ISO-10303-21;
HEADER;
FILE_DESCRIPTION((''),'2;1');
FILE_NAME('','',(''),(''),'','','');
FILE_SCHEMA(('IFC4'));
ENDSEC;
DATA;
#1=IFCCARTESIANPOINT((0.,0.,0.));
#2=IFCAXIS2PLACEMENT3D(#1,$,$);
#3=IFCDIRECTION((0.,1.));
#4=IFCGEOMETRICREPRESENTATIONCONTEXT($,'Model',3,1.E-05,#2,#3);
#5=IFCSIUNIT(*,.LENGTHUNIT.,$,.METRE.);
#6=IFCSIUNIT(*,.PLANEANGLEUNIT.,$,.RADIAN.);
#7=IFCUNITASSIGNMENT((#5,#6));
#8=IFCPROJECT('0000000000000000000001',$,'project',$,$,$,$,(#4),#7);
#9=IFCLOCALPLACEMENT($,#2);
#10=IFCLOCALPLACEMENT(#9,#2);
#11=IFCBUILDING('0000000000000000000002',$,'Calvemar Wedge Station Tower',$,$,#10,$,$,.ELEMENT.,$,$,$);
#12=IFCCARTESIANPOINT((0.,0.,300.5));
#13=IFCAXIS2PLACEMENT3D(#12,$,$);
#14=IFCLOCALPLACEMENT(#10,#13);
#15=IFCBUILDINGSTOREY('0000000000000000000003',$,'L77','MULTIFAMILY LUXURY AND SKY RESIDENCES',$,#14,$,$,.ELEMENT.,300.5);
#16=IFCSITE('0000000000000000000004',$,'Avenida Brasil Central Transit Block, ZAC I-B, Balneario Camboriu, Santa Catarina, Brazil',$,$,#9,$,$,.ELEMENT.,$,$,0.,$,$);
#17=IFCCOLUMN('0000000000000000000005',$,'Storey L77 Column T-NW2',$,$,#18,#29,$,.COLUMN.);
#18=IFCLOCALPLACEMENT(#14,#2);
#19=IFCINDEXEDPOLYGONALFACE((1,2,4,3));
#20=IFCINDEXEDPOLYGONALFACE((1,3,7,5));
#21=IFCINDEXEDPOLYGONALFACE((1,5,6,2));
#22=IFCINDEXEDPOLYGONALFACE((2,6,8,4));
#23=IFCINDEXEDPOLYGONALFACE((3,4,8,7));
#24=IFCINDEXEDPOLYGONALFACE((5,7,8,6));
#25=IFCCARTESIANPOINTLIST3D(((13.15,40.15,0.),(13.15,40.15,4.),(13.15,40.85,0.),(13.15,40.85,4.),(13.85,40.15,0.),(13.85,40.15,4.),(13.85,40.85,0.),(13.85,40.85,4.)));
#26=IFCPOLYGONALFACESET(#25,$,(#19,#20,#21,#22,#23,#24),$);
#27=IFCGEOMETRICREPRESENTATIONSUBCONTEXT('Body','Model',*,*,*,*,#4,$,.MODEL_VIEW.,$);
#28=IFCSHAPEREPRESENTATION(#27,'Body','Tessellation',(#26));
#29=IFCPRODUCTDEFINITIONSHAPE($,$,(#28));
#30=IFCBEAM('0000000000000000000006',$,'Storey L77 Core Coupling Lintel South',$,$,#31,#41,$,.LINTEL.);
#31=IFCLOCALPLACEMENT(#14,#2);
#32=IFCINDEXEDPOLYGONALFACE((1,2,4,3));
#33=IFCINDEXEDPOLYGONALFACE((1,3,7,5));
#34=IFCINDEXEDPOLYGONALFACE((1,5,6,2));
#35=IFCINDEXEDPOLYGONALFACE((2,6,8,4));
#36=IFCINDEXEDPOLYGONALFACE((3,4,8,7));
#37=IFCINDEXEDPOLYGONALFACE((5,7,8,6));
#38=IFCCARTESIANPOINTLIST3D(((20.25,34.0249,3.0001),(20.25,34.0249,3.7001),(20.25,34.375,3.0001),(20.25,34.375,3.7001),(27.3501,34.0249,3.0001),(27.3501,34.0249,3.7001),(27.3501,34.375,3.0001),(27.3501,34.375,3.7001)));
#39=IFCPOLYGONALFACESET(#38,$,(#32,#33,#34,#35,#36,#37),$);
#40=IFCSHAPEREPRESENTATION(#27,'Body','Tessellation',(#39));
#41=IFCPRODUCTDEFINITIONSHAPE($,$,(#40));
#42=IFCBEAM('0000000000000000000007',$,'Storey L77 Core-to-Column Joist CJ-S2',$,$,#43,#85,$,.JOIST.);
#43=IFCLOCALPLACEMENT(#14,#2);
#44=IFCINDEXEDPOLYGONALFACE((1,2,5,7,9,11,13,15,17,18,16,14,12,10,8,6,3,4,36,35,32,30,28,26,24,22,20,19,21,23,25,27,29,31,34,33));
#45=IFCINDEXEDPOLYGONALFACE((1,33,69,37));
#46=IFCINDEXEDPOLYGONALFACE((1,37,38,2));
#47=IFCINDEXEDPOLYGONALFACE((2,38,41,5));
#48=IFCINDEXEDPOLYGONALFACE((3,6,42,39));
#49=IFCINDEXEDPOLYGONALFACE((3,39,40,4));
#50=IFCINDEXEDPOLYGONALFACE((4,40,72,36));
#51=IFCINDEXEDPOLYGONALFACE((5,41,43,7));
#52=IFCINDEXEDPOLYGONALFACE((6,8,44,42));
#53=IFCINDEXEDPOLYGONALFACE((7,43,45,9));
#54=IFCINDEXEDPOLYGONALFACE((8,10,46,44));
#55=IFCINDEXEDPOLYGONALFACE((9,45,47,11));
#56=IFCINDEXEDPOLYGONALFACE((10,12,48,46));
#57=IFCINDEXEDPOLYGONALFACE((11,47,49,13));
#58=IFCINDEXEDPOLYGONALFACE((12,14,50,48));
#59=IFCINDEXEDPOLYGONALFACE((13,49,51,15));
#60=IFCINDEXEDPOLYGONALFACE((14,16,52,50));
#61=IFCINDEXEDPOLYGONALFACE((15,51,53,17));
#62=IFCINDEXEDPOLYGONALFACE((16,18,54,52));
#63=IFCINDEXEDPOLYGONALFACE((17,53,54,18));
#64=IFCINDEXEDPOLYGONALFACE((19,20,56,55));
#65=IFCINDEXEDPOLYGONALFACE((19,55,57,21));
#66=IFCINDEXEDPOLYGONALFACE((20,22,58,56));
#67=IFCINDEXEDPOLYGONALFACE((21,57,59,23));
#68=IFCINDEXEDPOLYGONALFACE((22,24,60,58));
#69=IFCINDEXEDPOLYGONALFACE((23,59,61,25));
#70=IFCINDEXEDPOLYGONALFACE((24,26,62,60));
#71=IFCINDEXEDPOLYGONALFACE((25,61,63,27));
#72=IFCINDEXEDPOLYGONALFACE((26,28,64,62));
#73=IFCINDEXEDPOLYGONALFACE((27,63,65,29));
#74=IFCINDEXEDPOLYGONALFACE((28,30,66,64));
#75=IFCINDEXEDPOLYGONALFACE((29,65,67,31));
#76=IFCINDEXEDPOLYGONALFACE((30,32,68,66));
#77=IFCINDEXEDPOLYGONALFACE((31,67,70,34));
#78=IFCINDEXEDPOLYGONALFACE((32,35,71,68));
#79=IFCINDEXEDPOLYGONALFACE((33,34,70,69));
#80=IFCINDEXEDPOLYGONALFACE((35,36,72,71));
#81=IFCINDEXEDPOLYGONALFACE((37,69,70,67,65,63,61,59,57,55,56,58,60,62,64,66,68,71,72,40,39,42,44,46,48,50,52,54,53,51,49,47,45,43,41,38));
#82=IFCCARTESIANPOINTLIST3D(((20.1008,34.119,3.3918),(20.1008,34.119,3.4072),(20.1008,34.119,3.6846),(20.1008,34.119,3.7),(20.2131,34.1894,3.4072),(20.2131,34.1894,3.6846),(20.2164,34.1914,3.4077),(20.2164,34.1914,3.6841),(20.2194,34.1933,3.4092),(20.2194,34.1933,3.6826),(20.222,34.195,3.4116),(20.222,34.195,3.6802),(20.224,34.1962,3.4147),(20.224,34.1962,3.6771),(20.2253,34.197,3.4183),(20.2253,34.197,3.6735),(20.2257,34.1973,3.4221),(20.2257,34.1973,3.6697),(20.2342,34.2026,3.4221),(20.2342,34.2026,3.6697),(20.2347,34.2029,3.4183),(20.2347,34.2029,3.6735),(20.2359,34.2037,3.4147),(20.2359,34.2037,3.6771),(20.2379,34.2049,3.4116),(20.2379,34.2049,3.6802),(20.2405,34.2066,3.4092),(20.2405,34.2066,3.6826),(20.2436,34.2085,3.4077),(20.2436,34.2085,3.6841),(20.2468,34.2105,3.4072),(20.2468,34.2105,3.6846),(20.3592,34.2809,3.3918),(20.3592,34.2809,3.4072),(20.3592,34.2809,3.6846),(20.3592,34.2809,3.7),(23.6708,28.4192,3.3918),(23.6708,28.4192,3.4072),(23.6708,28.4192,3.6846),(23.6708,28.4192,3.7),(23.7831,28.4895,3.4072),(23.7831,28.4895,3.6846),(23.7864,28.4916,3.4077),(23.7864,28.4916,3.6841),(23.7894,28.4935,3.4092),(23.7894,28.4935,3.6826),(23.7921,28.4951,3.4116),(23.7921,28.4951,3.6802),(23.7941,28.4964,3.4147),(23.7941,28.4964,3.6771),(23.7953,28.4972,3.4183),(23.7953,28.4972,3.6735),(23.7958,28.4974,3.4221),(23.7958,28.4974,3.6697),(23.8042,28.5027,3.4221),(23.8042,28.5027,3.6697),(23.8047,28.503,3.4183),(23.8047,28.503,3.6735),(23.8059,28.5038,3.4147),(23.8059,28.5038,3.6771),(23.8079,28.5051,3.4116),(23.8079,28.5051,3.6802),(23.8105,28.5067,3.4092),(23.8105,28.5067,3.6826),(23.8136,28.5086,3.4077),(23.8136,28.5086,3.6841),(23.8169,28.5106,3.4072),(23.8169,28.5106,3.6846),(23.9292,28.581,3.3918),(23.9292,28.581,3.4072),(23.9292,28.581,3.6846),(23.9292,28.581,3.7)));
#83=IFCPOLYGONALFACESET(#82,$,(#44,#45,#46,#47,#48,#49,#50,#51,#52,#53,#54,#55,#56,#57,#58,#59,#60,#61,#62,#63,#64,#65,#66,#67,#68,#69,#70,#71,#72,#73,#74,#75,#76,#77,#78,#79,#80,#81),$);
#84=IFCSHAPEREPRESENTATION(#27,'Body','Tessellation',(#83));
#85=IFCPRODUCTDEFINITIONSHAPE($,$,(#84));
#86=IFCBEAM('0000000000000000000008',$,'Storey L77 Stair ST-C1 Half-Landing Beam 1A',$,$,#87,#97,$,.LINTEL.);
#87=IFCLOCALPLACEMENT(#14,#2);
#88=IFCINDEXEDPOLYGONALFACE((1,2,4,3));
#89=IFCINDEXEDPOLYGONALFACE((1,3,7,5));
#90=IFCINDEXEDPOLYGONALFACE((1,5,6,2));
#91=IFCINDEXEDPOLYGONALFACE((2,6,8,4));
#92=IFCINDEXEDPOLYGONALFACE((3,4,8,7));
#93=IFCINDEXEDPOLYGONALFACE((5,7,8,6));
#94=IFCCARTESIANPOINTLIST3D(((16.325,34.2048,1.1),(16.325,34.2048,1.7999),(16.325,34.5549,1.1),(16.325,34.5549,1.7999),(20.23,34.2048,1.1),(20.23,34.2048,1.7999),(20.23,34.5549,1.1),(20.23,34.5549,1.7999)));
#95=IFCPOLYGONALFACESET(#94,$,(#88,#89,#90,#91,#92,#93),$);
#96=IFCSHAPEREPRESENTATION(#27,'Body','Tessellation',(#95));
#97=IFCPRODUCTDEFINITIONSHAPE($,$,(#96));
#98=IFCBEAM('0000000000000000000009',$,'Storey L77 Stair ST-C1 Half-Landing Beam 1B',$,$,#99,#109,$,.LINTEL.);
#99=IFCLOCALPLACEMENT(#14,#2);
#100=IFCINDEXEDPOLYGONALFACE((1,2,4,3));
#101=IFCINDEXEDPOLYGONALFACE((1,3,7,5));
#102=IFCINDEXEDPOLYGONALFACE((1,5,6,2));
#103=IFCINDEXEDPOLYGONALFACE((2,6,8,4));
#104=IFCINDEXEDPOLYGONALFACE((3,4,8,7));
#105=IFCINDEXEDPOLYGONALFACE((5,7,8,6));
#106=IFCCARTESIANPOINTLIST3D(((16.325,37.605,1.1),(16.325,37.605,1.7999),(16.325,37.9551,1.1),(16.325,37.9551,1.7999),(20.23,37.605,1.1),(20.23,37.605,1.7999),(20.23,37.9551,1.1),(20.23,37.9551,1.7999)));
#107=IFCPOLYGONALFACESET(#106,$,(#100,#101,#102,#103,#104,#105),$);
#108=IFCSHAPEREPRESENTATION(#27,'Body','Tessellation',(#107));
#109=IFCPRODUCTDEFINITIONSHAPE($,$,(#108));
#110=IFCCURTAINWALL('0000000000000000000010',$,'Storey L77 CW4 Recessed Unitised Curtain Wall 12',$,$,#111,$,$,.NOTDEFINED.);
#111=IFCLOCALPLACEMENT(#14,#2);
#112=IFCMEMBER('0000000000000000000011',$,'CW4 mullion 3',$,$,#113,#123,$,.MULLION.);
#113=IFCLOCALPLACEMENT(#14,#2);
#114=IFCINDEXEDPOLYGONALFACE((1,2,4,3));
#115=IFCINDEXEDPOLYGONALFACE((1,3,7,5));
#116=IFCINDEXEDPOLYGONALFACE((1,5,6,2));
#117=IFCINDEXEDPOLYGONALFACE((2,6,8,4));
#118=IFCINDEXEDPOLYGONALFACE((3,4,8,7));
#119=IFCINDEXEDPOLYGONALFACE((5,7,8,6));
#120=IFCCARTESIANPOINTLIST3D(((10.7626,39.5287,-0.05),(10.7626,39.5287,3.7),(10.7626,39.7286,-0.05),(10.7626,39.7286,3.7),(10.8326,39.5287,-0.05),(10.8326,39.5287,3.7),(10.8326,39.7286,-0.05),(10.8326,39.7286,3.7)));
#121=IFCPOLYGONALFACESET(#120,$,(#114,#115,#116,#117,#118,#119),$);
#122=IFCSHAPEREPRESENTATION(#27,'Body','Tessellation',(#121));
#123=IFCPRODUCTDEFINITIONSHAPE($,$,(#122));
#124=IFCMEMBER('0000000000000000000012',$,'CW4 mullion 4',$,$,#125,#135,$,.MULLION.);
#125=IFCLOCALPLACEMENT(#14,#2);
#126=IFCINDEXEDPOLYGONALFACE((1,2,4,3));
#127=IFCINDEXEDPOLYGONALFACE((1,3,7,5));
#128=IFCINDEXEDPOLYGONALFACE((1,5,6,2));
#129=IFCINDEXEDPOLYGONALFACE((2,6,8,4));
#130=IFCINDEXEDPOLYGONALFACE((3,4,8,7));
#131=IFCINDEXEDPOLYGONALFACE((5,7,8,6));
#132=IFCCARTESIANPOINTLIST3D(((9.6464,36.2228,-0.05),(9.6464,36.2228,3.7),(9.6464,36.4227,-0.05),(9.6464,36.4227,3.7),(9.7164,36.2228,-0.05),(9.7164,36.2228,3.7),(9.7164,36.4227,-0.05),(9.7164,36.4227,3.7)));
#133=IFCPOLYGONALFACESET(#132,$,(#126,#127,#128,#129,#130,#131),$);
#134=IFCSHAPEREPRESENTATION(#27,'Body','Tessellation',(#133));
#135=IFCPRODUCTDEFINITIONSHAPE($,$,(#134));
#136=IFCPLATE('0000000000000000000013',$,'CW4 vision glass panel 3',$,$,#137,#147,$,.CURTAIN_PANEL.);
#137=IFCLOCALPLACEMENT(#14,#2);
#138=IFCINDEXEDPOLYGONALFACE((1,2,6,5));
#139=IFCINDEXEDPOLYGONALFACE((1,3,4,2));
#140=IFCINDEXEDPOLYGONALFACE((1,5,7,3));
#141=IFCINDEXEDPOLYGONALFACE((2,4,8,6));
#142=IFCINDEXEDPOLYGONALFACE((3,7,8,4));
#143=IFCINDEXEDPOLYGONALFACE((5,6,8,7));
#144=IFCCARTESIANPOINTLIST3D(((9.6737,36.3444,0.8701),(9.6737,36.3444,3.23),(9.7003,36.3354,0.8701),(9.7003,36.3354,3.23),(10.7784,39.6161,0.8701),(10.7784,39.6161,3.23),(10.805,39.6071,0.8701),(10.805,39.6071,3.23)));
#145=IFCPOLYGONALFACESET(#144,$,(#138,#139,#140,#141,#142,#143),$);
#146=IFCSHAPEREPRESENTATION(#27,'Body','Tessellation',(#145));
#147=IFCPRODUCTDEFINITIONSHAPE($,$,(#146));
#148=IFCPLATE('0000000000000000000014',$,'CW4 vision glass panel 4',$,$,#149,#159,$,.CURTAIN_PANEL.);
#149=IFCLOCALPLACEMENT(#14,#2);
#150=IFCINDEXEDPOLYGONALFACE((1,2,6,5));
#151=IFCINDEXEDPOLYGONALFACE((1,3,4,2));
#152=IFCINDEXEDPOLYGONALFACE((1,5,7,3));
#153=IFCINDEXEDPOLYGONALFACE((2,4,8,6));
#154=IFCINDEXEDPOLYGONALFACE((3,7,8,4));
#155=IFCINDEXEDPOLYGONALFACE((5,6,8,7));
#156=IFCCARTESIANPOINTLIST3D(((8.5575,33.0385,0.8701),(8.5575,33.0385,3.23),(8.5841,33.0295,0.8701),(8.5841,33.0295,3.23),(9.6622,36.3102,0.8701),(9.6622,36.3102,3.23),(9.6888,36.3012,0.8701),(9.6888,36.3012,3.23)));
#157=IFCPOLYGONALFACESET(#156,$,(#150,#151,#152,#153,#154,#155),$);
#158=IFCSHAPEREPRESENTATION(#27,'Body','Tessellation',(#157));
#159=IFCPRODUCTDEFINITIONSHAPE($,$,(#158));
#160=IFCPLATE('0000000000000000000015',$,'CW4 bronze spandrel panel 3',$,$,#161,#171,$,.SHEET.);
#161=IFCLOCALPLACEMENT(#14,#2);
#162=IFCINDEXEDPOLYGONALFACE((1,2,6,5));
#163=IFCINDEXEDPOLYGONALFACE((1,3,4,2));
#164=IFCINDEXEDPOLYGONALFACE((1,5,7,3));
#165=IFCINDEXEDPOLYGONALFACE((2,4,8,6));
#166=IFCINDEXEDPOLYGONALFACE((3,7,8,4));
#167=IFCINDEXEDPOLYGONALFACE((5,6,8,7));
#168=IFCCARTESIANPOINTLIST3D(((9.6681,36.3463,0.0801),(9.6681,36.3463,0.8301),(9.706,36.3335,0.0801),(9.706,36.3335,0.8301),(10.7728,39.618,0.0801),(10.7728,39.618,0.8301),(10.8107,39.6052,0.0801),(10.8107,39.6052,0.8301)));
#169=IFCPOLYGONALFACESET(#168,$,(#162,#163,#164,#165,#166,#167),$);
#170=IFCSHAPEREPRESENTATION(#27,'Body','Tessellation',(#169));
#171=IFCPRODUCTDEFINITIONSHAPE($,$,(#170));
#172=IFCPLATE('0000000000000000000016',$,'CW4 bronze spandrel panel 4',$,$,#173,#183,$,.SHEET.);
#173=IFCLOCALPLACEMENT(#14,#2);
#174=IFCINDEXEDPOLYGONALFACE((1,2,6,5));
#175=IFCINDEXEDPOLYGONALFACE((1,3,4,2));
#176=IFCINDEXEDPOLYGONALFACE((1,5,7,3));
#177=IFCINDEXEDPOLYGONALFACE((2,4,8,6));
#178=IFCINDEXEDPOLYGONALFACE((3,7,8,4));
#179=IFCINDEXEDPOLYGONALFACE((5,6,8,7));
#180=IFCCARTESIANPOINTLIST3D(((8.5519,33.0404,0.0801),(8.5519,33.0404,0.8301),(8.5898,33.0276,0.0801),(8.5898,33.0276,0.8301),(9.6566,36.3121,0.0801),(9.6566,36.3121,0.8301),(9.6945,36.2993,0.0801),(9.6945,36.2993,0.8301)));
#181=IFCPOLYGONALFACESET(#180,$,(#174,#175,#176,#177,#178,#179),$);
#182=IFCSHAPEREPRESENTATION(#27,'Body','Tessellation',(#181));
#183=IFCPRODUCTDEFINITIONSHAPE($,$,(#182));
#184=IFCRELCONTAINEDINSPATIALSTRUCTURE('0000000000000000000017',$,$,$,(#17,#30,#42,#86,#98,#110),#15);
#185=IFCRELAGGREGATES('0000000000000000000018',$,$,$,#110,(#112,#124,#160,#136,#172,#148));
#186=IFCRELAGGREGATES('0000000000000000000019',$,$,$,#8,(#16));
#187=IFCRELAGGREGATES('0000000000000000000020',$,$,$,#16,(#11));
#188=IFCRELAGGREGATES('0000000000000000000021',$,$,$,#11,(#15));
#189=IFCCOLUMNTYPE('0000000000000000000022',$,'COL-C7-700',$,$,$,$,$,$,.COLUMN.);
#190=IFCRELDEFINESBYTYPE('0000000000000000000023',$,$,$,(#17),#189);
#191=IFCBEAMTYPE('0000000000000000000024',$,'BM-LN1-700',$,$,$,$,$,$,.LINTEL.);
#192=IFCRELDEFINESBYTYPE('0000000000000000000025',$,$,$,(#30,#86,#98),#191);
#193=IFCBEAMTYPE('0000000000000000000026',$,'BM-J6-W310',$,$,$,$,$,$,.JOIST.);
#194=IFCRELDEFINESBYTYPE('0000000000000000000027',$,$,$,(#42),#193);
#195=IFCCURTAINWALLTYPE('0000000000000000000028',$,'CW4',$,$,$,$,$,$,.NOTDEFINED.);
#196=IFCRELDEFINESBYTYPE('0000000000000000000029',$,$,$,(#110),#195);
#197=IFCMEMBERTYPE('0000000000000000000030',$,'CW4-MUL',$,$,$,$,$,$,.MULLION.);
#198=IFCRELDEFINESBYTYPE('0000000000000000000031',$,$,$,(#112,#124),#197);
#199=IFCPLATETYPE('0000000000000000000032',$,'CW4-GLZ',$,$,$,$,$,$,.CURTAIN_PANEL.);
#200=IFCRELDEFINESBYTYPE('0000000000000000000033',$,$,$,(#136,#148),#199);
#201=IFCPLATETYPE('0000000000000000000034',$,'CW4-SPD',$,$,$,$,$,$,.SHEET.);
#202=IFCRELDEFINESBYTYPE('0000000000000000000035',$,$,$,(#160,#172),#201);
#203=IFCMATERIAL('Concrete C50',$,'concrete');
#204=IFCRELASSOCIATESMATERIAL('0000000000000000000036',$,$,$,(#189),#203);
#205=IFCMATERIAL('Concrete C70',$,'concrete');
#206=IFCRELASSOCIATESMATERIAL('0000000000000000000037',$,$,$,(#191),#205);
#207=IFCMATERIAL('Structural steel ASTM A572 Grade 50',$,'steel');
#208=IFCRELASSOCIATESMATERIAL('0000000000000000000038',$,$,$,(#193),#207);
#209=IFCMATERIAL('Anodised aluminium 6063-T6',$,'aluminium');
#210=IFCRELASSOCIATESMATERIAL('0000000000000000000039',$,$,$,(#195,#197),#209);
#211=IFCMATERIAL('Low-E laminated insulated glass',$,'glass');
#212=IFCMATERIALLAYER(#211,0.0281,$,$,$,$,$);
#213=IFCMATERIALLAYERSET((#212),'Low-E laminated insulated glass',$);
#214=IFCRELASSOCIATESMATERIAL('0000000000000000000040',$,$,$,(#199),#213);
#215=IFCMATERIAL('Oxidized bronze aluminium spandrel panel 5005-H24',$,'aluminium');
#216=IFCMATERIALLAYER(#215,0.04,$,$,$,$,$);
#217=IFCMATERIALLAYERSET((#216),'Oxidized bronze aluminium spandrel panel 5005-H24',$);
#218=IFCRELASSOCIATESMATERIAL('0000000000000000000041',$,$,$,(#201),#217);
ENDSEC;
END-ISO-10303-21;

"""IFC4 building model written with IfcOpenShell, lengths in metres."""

from ifc_helpers import new_model, si_unit, direction, frame, frame_2d, origin, origin_2d, place, context, subcontext, project, spatial, rectangle, i_section, extrude, source, transform, mapped, material, layer, layer_set, material_profile, profile_set, type_object, element, aggregate, save


model = new_model("IFC4")

# Units and contexts
model_context = context("Model", 3, precision=1e-05, world=origin(), true_north=direction((0.0, 1.0)))
body_context = subcontext(model_context, "Body", "Model", "MODEL_VIEW")
ifc_project = project(units=[si_unit("LENGTHUNIT", "METRE"), si_unit("PLANEANGLEUNIT", "RADIAN")], contexts=[model_context])

# Site, building, storey
site_placement = place(None, origin())
site = spatial("IfcSite", under=ifc_project, at=site_placement, Name="Avenida Brasil Central Transit Block, ZAC I-B, Balneario Camboriu, Santa Catarina, Brazil", CompositionType="ELEMENT", RefElevation=0.0)
building_placement = place(site_placement, origin())
building = spatial("IfcBuilding", under=site, at=building_placement, Name="Calvemar Wedge Station Tower", CompositionType="ELEMENT")
storey_placement = place(building_placement, frame((0.0, 0.0, 300.5)))
storey = spatial("IfcBuildingStorey", under=building, at=storey_placement, Name="L77", Description="MULTIFAMILY LUXURY AND SKY RESIDENCES", CompositionType="ELEMENT", Elevation=300.5)

# Column
ifc_material_1 = material(Name="Concrete C50", Category="concrete")
ifc_material_profile_1 = material_profile(ifc_material_1, rectangle(XDim=0.7, YDim=0.7, at=origin_2d()), Name="RC700x700")
ifc_profile_set_1 = profile_set([ifc_material_profile_1], Name="Concrete C50")
column_type = type_object("IfcColumnType", Name="COL-C7-700", PredefinedType="COLUMN", material=ifc_profile_set_1)
shared_shape_1 = source(origin(), body_context, "Body", "SweptSolid", [
    extrude(rectangle(XDim=0.7, YDim=0.7, at=origin_2d()), origin(), (0.0, 0.0, 1.0), 4.0),
])
column_placement = place(storey_placement, frame((13.5, 40.5, 0.0), z_axis=(0.0, 0.0, 1.0), x_axis=(1.0, 0.0, 0.0)))
element("IfcColumn", 1, at=column_placement, inside=storey, type_object=column_type, Name="Storey L77 Column T-NW2", PredefinedType="COLUMN", context=body_context, shape_type="MappedRepresentation", body=[
    mapped(shared_shape_1, transform((0.0, 0.0, 0.0), scale=1.0)),
])

# Beams
ifc_material_2 = material(Name="Concrete C70", Category="concrete")
ifc_material_profile_2 = material_profile(ifc_material_2, rectangle(XDim=0.3501, YDim=0.7, at=origin_2d()), Name="RC350x700")
ifc_profile_set_2 = profile_set([ifc_material_profile_2], Name="Concrete C70")
beam_type_1 = type_object("IfcBeamType", Name="BM-LN1-700", PredefinedType="LINTEL", material=ifc_profile_set_2)
shared_shape_2 = source(origin(), body_context, "Body", "SweptSolid", [
    extrude(rectangle(XDim=0.3501, YDim=0.7, at=origin_2d()), origin(), (0.0, 0.0, 1.0), 7.1001),
])
beam_1_placement = place(storey_placement, frame((20.25, 34.2, 3.3501), z_axis=(1.0, 0.0, 0.0), x_axis=(0.0, 1.0, 0.0)))
element("IfcBeam", 2, at=beam_1_placement, inside=storey, type_object=beam_type_1, Name="Storey L77 Core Coupling Lintel South", PredefinedType="LINTEL", context=body_context, shape_type="MappedRepresentation", body=[
    mapped(shared_shape_2, transform((0.0, 0.0, 0.0), scale=1.0)),
])
ifc_material_3 = material(Name="Structural steel ASTM A572 Grade 50", Category="steel")
ifc_material_profile_3 = material_profile(ifc_material_3, i_section(OverallWidth=0.3049, OverallDepth=0.3081, WebThickness=0.01, FlangeThickness=0.0154, FilletRadius=0.0149, at=origin_2d()), Name="W310x97")
ifc_profile_set_3 = profile_set([ifc_material_profile_3], Name="Structural steel ASTM A572 Grade 50")
beam_type_2 = type_object("IfcBeamType", Name="BM-J6-W310", PredefinedType="JOIST", material=ifc_profile_set_3)
shared_shape_3 = source(origin(), body_context, "Body", "SweptSolid", [
    extrude(i_section(OverallWidth=0.3049, OverallDepth=0.3081, WebThickness=0.01, FlangeThickness=0.0154, FilletRadius=0.0149, at=origin_2d()), origin(), (0.0, 0.0, 1.0), 6.7256),
])
beam_2_placement = place(storey_placement, frame((20.23, 34.2, 3.5459), z_axis=(0.530811, -0.84749, 0.0), x_axis=(0.84749, 0.530811, 0.0)))
element("IfcBeam", 3, at=beam_2_placement, inside=storey, type_object=beam_type_2, Name="Storey L77 Core-to-Column Joist CJ-S2", PredefinedType="JOIST", context=body_context, shape_type="MappedRepresentation", body=[
    mapped(shared_shape_3, transform((0.0, 0.0, 0.0), scale=1.0)),
])
shared_shape_4 = source(origin(), body_context, "Body", "SweptSolid", [
    extrude(rectangle(XDim=0.3501, YDim=0.7, at=origin_2d()), origin(), (0.0, 0.0, 1.0), 3.905),
])
for number, where, z_axis, x_axis, name in (
    (4, (16.325, 34.3799, 1.45), (1.0, 0.0, 0.0), (0.0, 1.0, 0.0), "Storey L77 Stair ST-C1 Half-Landing Beam 1A"),
    (5, (16.325, 37.78, 1.45), (1.0, 0.0, 0.0), (0.0, 1.0, 0.0), "Storey L77 Stair ST-C1 Half-Landing Beam 1B"),
):
    element("IfcBeam", number, at=place(storey_placement, frame(where, z_axis=z_axis, x_axis=x_axis)), inside=storey, type_object=beam_type_1, Name=name, PredefinedType="LINTEL", context=body_context, shape_type="MappedRepresentation", body=[
        mapped(shared_shape_4, transform((0.0, 0.0, 0.0), scale=1.0)),
    ])

# Curtain wall, members, plates
ifc_material_4 = material(Name="Anodised aluminium 6063-T6", Category="aluminium")
curtain_wall_type = type_object("IfcCurtainWallType", Name="CW4", PredefinedType="NOTDEFINED", material=ifc_material_4)
curtain_wall_placement = place(storey_placement, origin())
curtain_wall = element("IfcCurtainWall", 6, at=curtain_wall_placement, inside=storey, type_object=curtain_wall_type, Name="Storey L77 CW4 Recessed Unitised Curtain Wall 12", PredefinedType="NOTDEFINED")
ifc_material_profile_4 = material_profile(ifc_material_4, rectangle(XDim=0.0701, YDim=0.2, at=origin_2d()), Name="AL-MUL-70x200")
ifc_profile_set_4 = profile_set([ifc_material_profile_4], Name="Anodised aluminium 6063-T6")
member_type = type_object("IfcMemberType", Name="CW4-MUL", PredefinedType="MULLION", material=ifc_profile_set_4)
shared_shape_5 = source(origin(), body_context, "Body", "SweptSolid", [
    extrude(rectangle(XDim=0.0701, YDim=0.2, at=origin_2d()), origin(), (0.0, 0.0, 1.0), 3.75),
])
member_1_placement = place(storey_placement, frame((10.7976, 39.6287, -0.05), z_axis=(0.0, 0.0, 1.0), x_axis=(1.0, 0.0, 0.0)))
member_1 = element("IfcMember", 7, at=member_1_placement, type_object=member_type, Name="CW4 mullion 3", PredefinedType="MULLION", context=body_context, shape_type="MappedRepresentation", body=[
    mapped(shared_shape_5, transform((0.0, 0.0, 0.0), scale=1.0)),
])
member_2_placement = place(storey_placement, frame((9.6814, 36.3228, -0.05), z_axis=(0.0, 0.0, 1.0), x_axis=(1.0, 0.0, 0.0)))
member_2 = element("IfcMember", 8, at=member_2_placement, type_object=member_type, Name="CW4 mullion 4", PredefinedType="MULLION", context=body_context, shape_type="MappedRepresentation", body=[
    mapped(shared_shape_5, transform((0.0, 0.0, 0.0), scale=1.0)),
])
ifc_material_5 = material(Name="Low-E laminated insulated glass", Category="glass")
ifc_layer_1 = layer(ifc_material_5, 0.0281)
ifc_layer_set_1 = layer_set([ifc_layer_1], Name="Low-E laminated insulated glass")
plate_type_1 = type_object("IfcPlateType", Name="CW4-GLZ", PredefinedType="CURTAIN_PANEL", material=ifc_layer_set_1)
plate_1_placement = place(storey_placement, frame((10.7917, 39.6116, 0.8701), z_axis=(0.0, 0.0, 1.0), x_axis=(-0.319916, -0.947446, 0.0)))
plate_1 = element("IfcPlate", 9, at=plate_1_placement, type_object=plate_type_1, Name="CW4 vision glass panel 3", PredefinedType="CURTAIN_PANEL", context=body_context, shape_type="SweptSolid", body=[
    extrude(rectangle(XDim=3.4531, YDim=0.0281, at=frame_2d((1.7266, 0.0))), origin(), (0.0, 0.0, 1.0), 2.3599),
])
plate_2_placement = place(storey_placement, frame((9.6755, 36.3057, 0.8701), z_axis=(0.0, 0.0, 1.0), x_axis=(-0.319916, -0.947446, 0.0)))
plate_2 = element("IfcPlate", 10, at=plate_2_placement, type_object=plate_type_1, Name="CW4 vision glass panel 4", PredefinedType="CURTAIN_PANEL", context=body_context, shape_type="SweptSolid", body=[
    extrude(rectangle(XDim=3.4531, YDim=0.0281, at=frame_2d((1.7266, 0.0))), origin(), (0.0, 0.0, 1.0), 2.3599),
])
ifc_material_6 = material(Name="Oxidized bronze aluminium spandrel panel 5005-H24", Category="aluminium")
ifc_layer_2 = layer(ifc_material_6, 0.04)
ifc_layer_set_2 = layer_set([ifc_layer_2], Name="Oxidized bronze aluminium spandrel panel 5005-H24")
plate_type_2 = type_object("IfcPlateType", Name="CW4-SPD", PredefinedType="SHEET", material=ifc_layer_set_2)
plate_3_placement = place(storey_placement, frame((10.7917, 39.6116, 0.0801), z_axis=(0.0, 0.0, 1.0), x_axis=(-0.319916, -0.947446, 0.0)))
plate_3 = element("IfcPlate", 11, at=plate_3_placement, type_object=plate_type_2, Name="CW4 bronze spandrel panel 3", PredefinedType="SHEET", context=body_context, shape_type="SweptSolid", body=[
    extrude(rectangle(XDim=3.4531, YDim=0.04, at=frame_2d((1.7266, 0.0))), origin(), (0.0, 0.0, 1.0), 0.75),
])
plate_4_placement = place(storey_placement, frame((9.6755, 36.3057, 0.0801), z_axis=(0.0, 0.0, 1.0), x_axis=(-0.319916, -0.947446, 0.0)))
plate_4 = element("IfcPlate", 12, at=plate_4_placement, type_object=plate_type_2, Name="CW4 bronze spandrel panel 4", PredefinedType="SHEET", context=body_context, shape_type="SweptSolid", body=[
    extrude(rectangle(XDim=3.4531, YDim=0.04, at=frame_2d((1.7266, 0.0))), origin(), (0.0, 0.0, 1.0), 0.75),
])
aggregate(curtain_wall, [member_1, member_2, plate_3, plate_1, plate_4, plate_2])

save(model, "model.ifc")
